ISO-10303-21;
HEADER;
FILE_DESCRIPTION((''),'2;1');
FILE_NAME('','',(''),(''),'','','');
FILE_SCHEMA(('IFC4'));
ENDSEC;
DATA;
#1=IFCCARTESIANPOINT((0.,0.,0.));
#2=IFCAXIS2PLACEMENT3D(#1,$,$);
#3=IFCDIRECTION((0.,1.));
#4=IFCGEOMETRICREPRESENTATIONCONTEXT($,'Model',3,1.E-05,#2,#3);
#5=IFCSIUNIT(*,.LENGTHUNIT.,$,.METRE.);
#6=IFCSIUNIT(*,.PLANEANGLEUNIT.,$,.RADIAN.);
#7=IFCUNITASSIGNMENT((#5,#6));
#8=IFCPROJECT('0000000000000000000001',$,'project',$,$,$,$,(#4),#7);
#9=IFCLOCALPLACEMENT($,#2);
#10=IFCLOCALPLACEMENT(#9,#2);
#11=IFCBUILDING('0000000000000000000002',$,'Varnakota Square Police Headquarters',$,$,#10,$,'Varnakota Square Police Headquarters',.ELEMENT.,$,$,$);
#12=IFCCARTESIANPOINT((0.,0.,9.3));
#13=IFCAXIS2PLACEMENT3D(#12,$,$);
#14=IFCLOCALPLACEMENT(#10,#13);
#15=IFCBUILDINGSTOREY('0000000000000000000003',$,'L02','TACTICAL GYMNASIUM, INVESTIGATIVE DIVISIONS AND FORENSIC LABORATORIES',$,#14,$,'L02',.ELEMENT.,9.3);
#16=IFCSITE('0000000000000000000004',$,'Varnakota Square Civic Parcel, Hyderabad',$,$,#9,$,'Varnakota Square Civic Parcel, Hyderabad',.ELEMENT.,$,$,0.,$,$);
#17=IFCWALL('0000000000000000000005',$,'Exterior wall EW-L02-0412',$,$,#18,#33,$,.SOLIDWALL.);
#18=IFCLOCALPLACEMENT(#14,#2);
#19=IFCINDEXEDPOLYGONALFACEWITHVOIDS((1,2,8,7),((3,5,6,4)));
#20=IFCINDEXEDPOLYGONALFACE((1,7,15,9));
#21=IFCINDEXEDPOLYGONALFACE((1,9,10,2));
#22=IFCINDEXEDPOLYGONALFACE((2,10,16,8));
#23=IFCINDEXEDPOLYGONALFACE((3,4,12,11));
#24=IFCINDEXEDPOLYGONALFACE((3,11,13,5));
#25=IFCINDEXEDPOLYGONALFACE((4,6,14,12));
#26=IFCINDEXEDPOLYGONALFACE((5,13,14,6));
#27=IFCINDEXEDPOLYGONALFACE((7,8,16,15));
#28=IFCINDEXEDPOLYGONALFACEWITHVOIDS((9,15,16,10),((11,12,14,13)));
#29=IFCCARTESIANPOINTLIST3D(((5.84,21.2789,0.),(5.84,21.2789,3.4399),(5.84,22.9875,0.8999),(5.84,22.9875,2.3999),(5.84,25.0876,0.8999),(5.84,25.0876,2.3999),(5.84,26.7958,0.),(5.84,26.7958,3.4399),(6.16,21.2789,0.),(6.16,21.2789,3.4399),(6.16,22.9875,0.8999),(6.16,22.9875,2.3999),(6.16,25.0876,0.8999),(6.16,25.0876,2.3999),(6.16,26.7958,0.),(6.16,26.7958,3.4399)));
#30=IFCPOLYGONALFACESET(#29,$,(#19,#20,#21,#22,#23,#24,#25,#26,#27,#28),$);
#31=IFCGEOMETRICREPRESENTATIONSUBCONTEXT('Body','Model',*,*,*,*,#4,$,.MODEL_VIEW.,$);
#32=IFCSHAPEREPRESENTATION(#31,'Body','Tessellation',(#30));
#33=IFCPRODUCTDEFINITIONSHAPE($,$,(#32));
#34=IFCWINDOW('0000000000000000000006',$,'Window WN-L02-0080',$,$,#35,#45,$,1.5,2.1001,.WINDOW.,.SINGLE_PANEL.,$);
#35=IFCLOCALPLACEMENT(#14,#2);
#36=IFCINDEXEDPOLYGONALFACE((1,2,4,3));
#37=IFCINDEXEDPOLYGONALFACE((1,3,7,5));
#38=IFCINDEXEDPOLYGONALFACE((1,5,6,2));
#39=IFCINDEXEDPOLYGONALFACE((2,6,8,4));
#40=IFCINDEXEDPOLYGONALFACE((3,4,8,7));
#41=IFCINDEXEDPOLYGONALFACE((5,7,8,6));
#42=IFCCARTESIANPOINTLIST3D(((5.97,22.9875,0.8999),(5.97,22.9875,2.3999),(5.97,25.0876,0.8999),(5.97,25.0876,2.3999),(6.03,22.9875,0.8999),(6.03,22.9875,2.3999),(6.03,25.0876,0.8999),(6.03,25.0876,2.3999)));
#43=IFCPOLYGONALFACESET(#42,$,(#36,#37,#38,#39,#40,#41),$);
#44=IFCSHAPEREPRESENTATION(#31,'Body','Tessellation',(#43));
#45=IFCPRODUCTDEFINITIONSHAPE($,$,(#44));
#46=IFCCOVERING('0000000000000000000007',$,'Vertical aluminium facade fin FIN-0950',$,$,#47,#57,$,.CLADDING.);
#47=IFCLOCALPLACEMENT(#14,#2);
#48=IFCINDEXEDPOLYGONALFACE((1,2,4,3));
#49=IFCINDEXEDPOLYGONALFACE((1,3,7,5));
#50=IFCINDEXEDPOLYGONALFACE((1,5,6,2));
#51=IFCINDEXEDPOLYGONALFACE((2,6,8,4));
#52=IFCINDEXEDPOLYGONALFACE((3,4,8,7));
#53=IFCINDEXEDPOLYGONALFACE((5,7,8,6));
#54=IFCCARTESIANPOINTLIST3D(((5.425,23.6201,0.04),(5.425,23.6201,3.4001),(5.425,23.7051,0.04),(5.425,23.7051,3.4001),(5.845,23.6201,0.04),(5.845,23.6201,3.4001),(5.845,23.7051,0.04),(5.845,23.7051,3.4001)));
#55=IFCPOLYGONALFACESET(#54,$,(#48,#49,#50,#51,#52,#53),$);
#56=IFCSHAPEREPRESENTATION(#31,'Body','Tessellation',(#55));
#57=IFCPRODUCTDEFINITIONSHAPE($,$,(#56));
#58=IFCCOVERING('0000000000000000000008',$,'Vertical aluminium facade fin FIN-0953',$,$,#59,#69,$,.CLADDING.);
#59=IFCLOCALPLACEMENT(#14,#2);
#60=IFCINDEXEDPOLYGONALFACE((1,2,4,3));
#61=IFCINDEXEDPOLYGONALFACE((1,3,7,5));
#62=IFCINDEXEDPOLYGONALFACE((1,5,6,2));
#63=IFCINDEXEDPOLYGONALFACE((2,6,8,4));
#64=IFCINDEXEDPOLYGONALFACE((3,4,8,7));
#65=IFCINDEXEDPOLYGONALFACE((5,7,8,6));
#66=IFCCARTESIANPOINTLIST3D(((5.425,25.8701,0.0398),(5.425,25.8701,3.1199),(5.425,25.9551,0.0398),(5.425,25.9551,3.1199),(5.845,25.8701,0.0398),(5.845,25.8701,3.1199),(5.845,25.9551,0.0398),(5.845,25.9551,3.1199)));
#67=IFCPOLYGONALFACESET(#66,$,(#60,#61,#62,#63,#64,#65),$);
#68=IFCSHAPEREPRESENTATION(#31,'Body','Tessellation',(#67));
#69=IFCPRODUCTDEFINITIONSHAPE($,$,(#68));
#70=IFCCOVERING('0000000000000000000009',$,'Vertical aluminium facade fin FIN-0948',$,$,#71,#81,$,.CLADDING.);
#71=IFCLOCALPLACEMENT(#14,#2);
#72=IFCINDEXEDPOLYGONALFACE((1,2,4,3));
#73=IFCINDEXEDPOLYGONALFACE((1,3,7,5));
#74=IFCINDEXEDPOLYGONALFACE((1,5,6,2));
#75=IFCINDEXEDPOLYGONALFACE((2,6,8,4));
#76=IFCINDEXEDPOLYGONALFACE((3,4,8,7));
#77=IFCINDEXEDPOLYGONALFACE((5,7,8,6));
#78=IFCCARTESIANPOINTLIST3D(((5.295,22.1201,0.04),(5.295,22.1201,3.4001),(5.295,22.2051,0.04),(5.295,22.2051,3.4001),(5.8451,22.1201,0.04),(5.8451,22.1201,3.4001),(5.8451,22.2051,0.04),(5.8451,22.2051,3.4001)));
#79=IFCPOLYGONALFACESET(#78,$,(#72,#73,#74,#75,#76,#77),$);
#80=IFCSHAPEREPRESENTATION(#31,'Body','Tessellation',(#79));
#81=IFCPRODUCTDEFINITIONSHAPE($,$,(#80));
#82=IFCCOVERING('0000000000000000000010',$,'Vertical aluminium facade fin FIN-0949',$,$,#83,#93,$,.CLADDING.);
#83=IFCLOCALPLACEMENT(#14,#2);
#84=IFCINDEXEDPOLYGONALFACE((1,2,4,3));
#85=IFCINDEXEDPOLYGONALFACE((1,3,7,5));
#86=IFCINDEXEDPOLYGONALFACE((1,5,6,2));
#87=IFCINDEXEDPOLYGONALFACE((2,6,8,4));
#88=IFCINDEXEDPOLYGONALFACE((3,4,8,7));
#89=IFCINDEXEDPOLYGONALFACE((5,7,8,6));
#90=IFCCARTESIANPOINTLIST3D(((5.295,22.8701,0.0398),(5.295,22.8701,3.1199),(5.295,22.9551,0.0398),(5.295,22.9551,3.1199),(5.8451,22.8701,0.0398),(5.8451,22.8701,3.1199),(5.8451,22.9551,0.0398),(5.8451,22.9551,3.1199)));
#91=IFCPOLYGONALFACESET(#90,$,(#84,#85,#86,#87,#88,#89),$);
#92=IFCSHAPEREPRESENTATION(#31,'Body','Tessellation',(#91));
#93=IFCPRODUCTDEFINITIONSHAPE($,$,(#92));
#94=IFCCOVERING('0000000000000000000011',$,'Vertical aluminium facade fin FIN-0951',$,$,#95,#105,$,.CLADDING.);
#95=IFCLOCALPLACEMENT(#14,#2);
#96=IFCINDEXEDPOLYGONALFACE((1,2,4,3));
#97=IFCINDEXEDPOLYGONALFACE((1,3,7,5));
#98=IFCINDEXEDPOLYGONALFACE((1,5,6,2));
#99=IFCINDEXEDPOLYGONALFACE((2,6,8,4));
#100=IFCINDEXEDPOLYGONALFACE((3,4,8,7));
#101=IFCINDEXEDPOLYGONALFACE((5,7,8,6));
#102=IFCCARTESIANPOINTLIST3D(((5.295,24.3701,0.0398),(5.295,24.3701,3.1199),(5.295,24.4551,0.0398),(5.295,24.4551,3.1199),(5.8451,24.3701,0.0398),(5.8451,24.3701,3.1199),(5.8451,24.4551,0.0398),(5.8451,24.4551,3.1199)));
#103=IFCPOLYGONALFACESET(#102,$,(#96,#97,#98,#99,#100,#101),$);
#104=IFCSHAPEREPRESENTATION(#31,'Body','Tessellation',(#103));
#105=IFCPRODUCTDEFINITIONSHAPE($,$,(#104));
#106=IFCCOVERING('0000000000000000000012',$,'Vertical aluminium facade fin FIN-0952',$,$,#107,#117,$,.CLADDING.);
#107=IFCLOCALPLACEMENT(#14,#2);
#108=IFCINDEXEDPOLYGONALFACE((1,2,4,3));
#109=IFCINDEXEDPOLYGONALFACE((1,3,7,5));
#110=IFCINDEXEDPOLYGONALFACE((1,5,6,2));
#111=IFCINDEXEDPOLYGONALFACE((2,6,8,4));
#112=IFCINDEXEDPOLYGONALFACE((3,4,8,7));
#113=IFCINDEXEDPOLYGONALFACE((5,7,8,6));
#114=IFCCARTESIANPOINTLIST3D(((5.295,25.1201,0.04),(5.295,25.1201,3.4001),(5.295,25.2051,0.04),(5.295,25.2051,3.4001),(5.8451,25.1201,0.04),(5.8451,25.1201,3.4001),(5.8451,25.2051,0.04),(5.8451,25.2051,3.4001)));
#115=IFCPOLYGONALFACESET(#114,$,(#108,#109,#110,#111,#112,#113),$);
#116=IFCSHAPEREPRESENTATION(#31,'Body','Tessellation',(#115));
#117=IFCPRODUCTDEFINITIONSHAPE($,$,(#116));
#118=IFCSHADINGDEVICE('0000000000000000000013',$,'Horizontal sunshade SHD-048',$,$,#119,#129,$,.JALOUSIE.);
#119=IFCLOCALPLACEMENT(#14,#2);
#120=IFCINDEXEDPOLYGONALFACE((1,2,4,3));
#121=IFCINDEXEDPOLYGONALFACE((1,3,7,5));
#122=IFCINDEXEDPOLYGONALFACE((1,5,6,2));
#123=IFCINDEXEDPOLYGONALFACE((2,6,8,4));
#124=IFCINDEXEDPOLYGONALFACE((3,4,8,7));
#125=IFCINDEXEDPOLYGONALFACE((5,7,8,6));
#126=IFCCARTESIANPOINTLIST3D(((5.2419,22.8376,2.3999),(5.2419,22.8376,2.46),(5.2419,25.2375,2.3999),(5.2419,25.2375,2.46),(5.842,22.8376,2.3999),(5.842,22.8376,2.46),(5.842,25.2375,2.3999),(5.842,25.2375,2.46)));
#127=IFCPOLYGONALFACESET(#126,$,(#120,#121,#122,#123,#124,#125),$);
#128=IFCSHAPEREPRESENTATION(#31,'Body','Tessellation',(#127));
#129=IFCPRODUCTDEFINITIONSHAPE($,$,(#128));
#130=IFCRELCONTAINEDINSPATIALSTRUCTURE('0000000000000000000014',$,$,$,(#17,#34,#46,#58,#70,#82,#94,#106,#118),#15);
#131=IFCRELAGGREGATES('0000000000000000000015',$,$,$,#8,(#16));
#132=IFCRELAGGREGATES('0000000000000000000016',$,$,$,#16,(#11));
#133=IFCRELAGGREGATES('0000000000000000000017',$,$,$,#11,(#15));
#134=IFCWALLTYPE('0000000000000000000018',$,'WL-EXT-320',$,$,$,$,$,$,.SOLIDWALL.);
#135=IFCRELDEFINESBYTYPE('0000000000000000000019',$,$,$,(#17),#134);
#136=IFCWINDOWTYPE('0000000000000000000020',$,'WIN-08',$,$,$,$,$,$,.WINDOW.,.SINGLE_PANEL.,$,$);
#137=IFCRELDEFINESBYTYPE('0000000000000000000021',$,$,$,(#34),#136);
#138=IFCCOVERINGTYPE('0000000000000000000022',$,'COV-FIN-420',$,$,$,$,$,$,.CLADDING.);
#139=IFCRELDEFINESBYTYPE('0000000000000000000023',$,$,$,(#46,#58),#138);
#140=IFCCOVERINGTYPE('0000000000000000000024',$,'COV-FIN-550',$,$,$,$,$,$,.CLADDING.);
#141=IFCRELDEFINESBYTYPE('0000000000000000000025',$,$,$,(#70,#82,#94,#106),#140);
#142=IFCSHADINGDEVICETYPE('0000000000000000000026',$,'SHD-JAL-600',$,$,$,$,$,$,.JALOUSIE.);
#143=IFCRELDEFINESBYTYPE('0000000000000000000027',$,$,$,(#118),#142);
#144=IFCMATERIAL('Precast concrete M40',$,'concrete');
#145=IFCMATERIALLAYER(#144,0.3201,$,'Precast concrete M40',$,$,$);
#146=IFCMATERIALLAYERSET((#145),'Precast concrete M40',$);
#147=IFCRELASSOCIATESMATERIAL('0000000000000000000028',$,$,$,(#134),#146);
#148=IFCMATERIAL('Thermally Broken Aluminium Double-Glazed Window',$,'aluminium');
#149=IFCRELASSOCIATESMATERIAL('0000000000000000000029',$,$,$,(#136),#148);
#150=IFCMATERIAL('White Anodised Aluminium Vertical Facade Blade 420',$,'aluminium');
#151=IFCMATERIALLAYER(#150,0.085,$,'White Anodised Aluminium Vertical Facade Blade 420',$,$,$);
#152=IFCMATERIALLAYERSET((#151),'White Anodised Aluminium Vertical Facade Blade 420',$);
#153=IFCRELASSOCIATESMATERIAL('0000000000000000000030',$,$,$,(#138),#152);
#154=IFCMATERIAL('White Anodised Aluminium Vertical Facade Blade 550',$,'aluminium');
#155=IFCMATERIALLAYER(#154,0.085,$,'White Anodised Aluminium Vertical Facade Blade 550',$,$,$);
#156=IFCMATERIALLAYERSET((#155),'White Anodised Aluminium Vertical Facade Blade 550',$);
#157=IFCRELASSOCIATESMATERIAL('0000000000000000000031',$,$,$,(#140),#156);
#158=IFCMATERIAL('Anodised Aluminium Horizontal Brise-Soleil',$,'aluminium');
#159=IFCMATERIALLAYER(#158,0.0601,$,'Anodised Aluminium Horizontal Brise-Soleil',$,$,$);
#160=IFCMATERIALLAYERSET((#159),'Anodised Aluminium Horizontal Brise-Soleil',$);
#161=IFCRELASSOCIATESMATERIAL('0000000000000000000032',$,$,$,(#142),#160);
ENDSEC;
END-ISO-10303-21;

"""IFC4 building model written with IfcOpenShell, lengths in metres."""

from ifc_helpers import new_model, si_unit, direction, frame, frame_2d, origin, origin_2d, place, context, subcontext, project, spatial, rectangle, extrude, material, layer, layer_set, type_object, element, fill, save


model = new_model("IFC4")

# Units and contexts
model_context = context("Model", 3, precision=1e-05, world=origin(), true_north=direction((0.0, 1.0)))
body_context = subcontext(model_context, "Body", "Model", "MODEL_VIEW")
ifc_project = project(units=[si_unit("LENGTHUNIT", "METRE"), si_unit("PLANEANGLEUNIT", "RADIAN")], contexts=[model_context])

# Site, building, storey
site_placement = place(None, origin())
site = spatial("IfcSite", under=ifc_project, at=site_placement, Name="Varnakota Square Civic Parcel, Hyderabad", LongName="Varnakota Square Civic Parcel, Hyderabad", CompositionType="ELEMENT", RefElevation=0.0)
building_placement = place(site_placement, origin())
building = spatial("IfcBuilding", under=site, at=building_placement, Name="Varnakota Square Police Headquarters", LongName="Varnakota Square Police Headquarters", CompositionType="ELEMENT")
storey_placement = place(building_placement, frame((0.0, 0.0, 9.3)))
storey = spatial("IfcBuildingStorey", under=building, at=storey_placement, Name="L02", Description="TACTICAL GYMNASIUM, INVESTIGATIVE DIVISIONS AND FORENSIC LABORATORIES", LongName="L02", CompositionType="ELEMENT", Elevation=9.3)

# Wall, opening, window
ifc_material_1 = material(Name="Precast concrete M40", Category="concrete")
ifc_layer_1 = layer(ifc_material_1, 0.3201, Name="Precast concrete M40")
ifc_layer_set_1 = layer_set([ifc_layer_1], Name="Precast concrete M40")
wall_type = type_object("IfcWallType", Name="WL-EXT-320", PredefinedType="SOLIDWALL", material=ifc_layer_set_1)
wall_placement = place(storey_placement, frame((6.0, 21.2791, 0.0), z_axis=(0.0, 0.0, 1.0), x_axis=(0.0, 1.0, 0.0)))
wall = element("IfcWall", 1, at=wall_placement, inside=storey, type_object=wall_type, Name="Exterior wall EW-L02-0412", PredefinedType="SOLIDWALL", context=body_context, shape_type="SweptSolid", body=[
    extrude(rectangle(XDim=5.5168, YDim=0.3201, at=frame_2d((2.7583, 0.0))), origin(), (0.0, 0.0, 1.0), 3.4399),
])
opening_placement = place(wall_placement, frame((1.7085, 0.0, 0.8999)))
opening = element("IfcOpeningElement", 2, at=opening_placement, cuts=wall, PredefinedType="OPENING", context=body_context, shape_type="SweptSolid", body=[
    extrude(rectangle(XDim=2.1001, YDim=1.5, at=frame_2d((1.05, 0.75))), frame((0.0, 0.1699, 0.0), z_axis=(0.0, -1.0, 0.0), x_axis=(1.0, 0.0, 0.0)), (0.0, 0.0, 1.0), 0.3401),
])
ifc_material_2 = material(Name="Thermally Broken Aluminium Double-Glazed Window", Category="aluminium")
window_type = type_object("IfcWindowType", Name="WIN-08", PartitioningType="SINGLE_PANEL", PredefinedType="WINDOW", material=ifc_material_2)
window_placement = place(opening_placement, origin())
window = element("IfcWindow", 3, at=window_placement, inside=storey, type_object=window_type, Name="Window WN-L02-0080", OverallHeight=1.5, OverallWidth=2.1001, PartitioningType="SINGLE_PANEL", PredefinedType="WINDOW", context=body_context, shape_type="SweptSolid", body=[
    extrude(rectangle(XDim=2.1001, YDim=1.5, at=frame_2d((1.05, 0.75))), frame((0.0, 0.03, 0.0), z_axis=(0.0, -1.0, 0.0), x_axis=(1.0, 0.0, 0.0)), (0.0, 0.0, 1.0), 0.0601),
])
fill(opening, window)

# Coverings
ifc_material_3 = material(Name="White Anodised Aluminium Vertical Facade Blade 420", Category="aluminium")
ifc_layer_2 = layer(ifc_material_3, 0.085, Name="White Anodised Aluminium Vertical Facade Blade 420")
ifc_layer_set_2 = layer_set([ifc_layer_2], Name="White Anodised Aluminium Vertical Facade Blade 420")
covering_type_1 = type_object("IfcCoveringType", Name="COV-FIN-420", PredefinedType="CLADDING", material=ifc_layer_set_2)
covering_1_placement = place(storey_placement, frame((5.635, 23.6626, 0.04), z_axis=(0.0, 0.0, 1.0), x_axis=(0.0, 1.0, 0.0)))
element("IfcCovering", 4, at=covering_1_placement, inside=storey, type_object=covering_type_1, Name="Vertical aluminium facade fin FIN-0950", PredefinedType="CLADDING", context=body_context, shape_type="SweptSolid", body=[
    extrude(rectangle(XDim=0.085, YDim=0.4199, at=origin_2d()), origin(), (0.0, 0.0, 1.0), 3.3601),
])
covering_2_placement = place(storey_placement, frame((5.635, 25.9126, 0.0398), z_axis=(0.0, 0.0, 1.0), x_axis=(0.0, 1.0, 0.0)))
element("IfcCovering", 5, at=covering_2_placement, inside=storey, type_object=covering_type_1, Name="Vertical aluminium facade fin FIN-0953", PredefinedType="CLADDING", context=body_context, shape_type="SweptSolid", body=[
    extrude(rectangle(XDim=0.085, YDim=0.4199, at=origin_2d()), origin(), (0.0, 0.0, 1.0), 3.0801),
])
ifc_material_4 = material(Name="White Anodised Aluminium Vertical Facade Blade 550", Category="aluminium")
ifc_layer_3 = layer(ifc_material_4, 0.085, Name="White Anodised Aluminium Vertical Facade Blade 550")
ifc_layer_set_3 = layer_set([ifc_layer_3], Name="White Anodised Aluminium Vertical Facade Blade 550")
covering_type_2 = type_object("IfcCoveringType", Name="COV-FIN-550", PredefinedType="CLADDING", material=ifc_layer_set_3)
covering_3_placement = place(storey_placement, frame((5.5701, 22.1626, 0.04), z_axis=(0.0, 0.0, 1.0), x_axis=(0.0, 1.0, 0.0)))
element("IfcCovering", 6, at=covering_3_placement, inside=storey, type_object=covering_type_2, Name="Vertical aluminium facade fin FIN-0948", PredefinedType="CLADDING", context=body_context, shape_type="SweptSolid", body=[
    extrude(rectangle(XDim=0.085, YDim=0.55, at=origin_2d()), origin(), (0.0, 0.0, 1.0), 3.3601),
])
for number, where, z_axis, x_axis, name in (
    (7, (5.5701, 22.9126, 0.0398), (0.0, 0.0, 1.0), (0.0, 1.0, 0.0), "Vertical aluminium facade fin FIN-0949"),
    (8, (5.5701, 24.4126, 0.0398), (0.0, 0.0, 1.0), (0.0, 1.0, 0.0), "Vertical aluminium facade fin FIN-0951"),
):
    element("IfcCovering", number, at=place(storey_placement, frame(where, z_axis=z_axis, x_axis=x_axis)), inside=storey, type_object=covering_type_2, Name=name, PredefinedType="CLADDING", context=body_context, shape_type="SweptSolid", body=[
        extrude(rectangle(XDim=0.085, YDim=0.55, at=origin_2d()), origin(), (0.0, 0.0, 1.0), 3.0801),
    ])
covering_4_placement = place(storey_placement, frame((5.5701, 25.1626, 0.04), z_axis=(0.0, 0.0, 1.0), x_axis=(0.0, 1.0, 0.0)))
element("IfcCovering", 9, at=covering_4_placement, inside=storey, type_object=covering_type_2, Name="Vertical aluminium facade fin FIN-0952", PredefinedType="CLADDING", context=body_context, shape_type="SweptSolid", body=[
    extrude(rectangle(XDim=0.085, YDim=0.55, at=origin_2d()), origin(), (0.0, 0.0, 1.0), 3.3601),
])

# Shading device
ifc_material_5 = material(Name="Anodised Aluminium Horizontal Brise-Soleil", Category="aluminium")
ifc_layer_4 = layer(ifc_material_5, 0.0601, Name="Anodised Aluminium Horizontal Brise-Soleil")
ifc_layer_set_4 = layer_set([ifc_layer_4], Name="Anodised Aluminium Horizontal Brise-Soleil")
shading_device_type = type_object("IfcShadingDeviceType", Name="SHD-JAL-600", PredefinedType="JALOUSIE", material=ifc_layer_set_4)
shading_device_placement = place(storey_placement, frame((5.542, 24.0376, 2.3999), z_axis=(0.0, 0.0, 1.0), x_axis=(0.0, 1.0, 0.0)))
element("IfcShadingDevice", 10, at=shading_device_placement, inside=storey, type_object=shading_device_type, Name="Horizontal sunshade SHD-048", PredefinedType="JALOUSIE", context=body_context, shape_type="SweptSolid", body=[
    extrude(rectangle(XDim=2.3999, YDim=0.6001, at=origin_2d()), origin(), (0.0, 0.0, 1.0), 0.0601),
])

save(model, "model.ifc")
